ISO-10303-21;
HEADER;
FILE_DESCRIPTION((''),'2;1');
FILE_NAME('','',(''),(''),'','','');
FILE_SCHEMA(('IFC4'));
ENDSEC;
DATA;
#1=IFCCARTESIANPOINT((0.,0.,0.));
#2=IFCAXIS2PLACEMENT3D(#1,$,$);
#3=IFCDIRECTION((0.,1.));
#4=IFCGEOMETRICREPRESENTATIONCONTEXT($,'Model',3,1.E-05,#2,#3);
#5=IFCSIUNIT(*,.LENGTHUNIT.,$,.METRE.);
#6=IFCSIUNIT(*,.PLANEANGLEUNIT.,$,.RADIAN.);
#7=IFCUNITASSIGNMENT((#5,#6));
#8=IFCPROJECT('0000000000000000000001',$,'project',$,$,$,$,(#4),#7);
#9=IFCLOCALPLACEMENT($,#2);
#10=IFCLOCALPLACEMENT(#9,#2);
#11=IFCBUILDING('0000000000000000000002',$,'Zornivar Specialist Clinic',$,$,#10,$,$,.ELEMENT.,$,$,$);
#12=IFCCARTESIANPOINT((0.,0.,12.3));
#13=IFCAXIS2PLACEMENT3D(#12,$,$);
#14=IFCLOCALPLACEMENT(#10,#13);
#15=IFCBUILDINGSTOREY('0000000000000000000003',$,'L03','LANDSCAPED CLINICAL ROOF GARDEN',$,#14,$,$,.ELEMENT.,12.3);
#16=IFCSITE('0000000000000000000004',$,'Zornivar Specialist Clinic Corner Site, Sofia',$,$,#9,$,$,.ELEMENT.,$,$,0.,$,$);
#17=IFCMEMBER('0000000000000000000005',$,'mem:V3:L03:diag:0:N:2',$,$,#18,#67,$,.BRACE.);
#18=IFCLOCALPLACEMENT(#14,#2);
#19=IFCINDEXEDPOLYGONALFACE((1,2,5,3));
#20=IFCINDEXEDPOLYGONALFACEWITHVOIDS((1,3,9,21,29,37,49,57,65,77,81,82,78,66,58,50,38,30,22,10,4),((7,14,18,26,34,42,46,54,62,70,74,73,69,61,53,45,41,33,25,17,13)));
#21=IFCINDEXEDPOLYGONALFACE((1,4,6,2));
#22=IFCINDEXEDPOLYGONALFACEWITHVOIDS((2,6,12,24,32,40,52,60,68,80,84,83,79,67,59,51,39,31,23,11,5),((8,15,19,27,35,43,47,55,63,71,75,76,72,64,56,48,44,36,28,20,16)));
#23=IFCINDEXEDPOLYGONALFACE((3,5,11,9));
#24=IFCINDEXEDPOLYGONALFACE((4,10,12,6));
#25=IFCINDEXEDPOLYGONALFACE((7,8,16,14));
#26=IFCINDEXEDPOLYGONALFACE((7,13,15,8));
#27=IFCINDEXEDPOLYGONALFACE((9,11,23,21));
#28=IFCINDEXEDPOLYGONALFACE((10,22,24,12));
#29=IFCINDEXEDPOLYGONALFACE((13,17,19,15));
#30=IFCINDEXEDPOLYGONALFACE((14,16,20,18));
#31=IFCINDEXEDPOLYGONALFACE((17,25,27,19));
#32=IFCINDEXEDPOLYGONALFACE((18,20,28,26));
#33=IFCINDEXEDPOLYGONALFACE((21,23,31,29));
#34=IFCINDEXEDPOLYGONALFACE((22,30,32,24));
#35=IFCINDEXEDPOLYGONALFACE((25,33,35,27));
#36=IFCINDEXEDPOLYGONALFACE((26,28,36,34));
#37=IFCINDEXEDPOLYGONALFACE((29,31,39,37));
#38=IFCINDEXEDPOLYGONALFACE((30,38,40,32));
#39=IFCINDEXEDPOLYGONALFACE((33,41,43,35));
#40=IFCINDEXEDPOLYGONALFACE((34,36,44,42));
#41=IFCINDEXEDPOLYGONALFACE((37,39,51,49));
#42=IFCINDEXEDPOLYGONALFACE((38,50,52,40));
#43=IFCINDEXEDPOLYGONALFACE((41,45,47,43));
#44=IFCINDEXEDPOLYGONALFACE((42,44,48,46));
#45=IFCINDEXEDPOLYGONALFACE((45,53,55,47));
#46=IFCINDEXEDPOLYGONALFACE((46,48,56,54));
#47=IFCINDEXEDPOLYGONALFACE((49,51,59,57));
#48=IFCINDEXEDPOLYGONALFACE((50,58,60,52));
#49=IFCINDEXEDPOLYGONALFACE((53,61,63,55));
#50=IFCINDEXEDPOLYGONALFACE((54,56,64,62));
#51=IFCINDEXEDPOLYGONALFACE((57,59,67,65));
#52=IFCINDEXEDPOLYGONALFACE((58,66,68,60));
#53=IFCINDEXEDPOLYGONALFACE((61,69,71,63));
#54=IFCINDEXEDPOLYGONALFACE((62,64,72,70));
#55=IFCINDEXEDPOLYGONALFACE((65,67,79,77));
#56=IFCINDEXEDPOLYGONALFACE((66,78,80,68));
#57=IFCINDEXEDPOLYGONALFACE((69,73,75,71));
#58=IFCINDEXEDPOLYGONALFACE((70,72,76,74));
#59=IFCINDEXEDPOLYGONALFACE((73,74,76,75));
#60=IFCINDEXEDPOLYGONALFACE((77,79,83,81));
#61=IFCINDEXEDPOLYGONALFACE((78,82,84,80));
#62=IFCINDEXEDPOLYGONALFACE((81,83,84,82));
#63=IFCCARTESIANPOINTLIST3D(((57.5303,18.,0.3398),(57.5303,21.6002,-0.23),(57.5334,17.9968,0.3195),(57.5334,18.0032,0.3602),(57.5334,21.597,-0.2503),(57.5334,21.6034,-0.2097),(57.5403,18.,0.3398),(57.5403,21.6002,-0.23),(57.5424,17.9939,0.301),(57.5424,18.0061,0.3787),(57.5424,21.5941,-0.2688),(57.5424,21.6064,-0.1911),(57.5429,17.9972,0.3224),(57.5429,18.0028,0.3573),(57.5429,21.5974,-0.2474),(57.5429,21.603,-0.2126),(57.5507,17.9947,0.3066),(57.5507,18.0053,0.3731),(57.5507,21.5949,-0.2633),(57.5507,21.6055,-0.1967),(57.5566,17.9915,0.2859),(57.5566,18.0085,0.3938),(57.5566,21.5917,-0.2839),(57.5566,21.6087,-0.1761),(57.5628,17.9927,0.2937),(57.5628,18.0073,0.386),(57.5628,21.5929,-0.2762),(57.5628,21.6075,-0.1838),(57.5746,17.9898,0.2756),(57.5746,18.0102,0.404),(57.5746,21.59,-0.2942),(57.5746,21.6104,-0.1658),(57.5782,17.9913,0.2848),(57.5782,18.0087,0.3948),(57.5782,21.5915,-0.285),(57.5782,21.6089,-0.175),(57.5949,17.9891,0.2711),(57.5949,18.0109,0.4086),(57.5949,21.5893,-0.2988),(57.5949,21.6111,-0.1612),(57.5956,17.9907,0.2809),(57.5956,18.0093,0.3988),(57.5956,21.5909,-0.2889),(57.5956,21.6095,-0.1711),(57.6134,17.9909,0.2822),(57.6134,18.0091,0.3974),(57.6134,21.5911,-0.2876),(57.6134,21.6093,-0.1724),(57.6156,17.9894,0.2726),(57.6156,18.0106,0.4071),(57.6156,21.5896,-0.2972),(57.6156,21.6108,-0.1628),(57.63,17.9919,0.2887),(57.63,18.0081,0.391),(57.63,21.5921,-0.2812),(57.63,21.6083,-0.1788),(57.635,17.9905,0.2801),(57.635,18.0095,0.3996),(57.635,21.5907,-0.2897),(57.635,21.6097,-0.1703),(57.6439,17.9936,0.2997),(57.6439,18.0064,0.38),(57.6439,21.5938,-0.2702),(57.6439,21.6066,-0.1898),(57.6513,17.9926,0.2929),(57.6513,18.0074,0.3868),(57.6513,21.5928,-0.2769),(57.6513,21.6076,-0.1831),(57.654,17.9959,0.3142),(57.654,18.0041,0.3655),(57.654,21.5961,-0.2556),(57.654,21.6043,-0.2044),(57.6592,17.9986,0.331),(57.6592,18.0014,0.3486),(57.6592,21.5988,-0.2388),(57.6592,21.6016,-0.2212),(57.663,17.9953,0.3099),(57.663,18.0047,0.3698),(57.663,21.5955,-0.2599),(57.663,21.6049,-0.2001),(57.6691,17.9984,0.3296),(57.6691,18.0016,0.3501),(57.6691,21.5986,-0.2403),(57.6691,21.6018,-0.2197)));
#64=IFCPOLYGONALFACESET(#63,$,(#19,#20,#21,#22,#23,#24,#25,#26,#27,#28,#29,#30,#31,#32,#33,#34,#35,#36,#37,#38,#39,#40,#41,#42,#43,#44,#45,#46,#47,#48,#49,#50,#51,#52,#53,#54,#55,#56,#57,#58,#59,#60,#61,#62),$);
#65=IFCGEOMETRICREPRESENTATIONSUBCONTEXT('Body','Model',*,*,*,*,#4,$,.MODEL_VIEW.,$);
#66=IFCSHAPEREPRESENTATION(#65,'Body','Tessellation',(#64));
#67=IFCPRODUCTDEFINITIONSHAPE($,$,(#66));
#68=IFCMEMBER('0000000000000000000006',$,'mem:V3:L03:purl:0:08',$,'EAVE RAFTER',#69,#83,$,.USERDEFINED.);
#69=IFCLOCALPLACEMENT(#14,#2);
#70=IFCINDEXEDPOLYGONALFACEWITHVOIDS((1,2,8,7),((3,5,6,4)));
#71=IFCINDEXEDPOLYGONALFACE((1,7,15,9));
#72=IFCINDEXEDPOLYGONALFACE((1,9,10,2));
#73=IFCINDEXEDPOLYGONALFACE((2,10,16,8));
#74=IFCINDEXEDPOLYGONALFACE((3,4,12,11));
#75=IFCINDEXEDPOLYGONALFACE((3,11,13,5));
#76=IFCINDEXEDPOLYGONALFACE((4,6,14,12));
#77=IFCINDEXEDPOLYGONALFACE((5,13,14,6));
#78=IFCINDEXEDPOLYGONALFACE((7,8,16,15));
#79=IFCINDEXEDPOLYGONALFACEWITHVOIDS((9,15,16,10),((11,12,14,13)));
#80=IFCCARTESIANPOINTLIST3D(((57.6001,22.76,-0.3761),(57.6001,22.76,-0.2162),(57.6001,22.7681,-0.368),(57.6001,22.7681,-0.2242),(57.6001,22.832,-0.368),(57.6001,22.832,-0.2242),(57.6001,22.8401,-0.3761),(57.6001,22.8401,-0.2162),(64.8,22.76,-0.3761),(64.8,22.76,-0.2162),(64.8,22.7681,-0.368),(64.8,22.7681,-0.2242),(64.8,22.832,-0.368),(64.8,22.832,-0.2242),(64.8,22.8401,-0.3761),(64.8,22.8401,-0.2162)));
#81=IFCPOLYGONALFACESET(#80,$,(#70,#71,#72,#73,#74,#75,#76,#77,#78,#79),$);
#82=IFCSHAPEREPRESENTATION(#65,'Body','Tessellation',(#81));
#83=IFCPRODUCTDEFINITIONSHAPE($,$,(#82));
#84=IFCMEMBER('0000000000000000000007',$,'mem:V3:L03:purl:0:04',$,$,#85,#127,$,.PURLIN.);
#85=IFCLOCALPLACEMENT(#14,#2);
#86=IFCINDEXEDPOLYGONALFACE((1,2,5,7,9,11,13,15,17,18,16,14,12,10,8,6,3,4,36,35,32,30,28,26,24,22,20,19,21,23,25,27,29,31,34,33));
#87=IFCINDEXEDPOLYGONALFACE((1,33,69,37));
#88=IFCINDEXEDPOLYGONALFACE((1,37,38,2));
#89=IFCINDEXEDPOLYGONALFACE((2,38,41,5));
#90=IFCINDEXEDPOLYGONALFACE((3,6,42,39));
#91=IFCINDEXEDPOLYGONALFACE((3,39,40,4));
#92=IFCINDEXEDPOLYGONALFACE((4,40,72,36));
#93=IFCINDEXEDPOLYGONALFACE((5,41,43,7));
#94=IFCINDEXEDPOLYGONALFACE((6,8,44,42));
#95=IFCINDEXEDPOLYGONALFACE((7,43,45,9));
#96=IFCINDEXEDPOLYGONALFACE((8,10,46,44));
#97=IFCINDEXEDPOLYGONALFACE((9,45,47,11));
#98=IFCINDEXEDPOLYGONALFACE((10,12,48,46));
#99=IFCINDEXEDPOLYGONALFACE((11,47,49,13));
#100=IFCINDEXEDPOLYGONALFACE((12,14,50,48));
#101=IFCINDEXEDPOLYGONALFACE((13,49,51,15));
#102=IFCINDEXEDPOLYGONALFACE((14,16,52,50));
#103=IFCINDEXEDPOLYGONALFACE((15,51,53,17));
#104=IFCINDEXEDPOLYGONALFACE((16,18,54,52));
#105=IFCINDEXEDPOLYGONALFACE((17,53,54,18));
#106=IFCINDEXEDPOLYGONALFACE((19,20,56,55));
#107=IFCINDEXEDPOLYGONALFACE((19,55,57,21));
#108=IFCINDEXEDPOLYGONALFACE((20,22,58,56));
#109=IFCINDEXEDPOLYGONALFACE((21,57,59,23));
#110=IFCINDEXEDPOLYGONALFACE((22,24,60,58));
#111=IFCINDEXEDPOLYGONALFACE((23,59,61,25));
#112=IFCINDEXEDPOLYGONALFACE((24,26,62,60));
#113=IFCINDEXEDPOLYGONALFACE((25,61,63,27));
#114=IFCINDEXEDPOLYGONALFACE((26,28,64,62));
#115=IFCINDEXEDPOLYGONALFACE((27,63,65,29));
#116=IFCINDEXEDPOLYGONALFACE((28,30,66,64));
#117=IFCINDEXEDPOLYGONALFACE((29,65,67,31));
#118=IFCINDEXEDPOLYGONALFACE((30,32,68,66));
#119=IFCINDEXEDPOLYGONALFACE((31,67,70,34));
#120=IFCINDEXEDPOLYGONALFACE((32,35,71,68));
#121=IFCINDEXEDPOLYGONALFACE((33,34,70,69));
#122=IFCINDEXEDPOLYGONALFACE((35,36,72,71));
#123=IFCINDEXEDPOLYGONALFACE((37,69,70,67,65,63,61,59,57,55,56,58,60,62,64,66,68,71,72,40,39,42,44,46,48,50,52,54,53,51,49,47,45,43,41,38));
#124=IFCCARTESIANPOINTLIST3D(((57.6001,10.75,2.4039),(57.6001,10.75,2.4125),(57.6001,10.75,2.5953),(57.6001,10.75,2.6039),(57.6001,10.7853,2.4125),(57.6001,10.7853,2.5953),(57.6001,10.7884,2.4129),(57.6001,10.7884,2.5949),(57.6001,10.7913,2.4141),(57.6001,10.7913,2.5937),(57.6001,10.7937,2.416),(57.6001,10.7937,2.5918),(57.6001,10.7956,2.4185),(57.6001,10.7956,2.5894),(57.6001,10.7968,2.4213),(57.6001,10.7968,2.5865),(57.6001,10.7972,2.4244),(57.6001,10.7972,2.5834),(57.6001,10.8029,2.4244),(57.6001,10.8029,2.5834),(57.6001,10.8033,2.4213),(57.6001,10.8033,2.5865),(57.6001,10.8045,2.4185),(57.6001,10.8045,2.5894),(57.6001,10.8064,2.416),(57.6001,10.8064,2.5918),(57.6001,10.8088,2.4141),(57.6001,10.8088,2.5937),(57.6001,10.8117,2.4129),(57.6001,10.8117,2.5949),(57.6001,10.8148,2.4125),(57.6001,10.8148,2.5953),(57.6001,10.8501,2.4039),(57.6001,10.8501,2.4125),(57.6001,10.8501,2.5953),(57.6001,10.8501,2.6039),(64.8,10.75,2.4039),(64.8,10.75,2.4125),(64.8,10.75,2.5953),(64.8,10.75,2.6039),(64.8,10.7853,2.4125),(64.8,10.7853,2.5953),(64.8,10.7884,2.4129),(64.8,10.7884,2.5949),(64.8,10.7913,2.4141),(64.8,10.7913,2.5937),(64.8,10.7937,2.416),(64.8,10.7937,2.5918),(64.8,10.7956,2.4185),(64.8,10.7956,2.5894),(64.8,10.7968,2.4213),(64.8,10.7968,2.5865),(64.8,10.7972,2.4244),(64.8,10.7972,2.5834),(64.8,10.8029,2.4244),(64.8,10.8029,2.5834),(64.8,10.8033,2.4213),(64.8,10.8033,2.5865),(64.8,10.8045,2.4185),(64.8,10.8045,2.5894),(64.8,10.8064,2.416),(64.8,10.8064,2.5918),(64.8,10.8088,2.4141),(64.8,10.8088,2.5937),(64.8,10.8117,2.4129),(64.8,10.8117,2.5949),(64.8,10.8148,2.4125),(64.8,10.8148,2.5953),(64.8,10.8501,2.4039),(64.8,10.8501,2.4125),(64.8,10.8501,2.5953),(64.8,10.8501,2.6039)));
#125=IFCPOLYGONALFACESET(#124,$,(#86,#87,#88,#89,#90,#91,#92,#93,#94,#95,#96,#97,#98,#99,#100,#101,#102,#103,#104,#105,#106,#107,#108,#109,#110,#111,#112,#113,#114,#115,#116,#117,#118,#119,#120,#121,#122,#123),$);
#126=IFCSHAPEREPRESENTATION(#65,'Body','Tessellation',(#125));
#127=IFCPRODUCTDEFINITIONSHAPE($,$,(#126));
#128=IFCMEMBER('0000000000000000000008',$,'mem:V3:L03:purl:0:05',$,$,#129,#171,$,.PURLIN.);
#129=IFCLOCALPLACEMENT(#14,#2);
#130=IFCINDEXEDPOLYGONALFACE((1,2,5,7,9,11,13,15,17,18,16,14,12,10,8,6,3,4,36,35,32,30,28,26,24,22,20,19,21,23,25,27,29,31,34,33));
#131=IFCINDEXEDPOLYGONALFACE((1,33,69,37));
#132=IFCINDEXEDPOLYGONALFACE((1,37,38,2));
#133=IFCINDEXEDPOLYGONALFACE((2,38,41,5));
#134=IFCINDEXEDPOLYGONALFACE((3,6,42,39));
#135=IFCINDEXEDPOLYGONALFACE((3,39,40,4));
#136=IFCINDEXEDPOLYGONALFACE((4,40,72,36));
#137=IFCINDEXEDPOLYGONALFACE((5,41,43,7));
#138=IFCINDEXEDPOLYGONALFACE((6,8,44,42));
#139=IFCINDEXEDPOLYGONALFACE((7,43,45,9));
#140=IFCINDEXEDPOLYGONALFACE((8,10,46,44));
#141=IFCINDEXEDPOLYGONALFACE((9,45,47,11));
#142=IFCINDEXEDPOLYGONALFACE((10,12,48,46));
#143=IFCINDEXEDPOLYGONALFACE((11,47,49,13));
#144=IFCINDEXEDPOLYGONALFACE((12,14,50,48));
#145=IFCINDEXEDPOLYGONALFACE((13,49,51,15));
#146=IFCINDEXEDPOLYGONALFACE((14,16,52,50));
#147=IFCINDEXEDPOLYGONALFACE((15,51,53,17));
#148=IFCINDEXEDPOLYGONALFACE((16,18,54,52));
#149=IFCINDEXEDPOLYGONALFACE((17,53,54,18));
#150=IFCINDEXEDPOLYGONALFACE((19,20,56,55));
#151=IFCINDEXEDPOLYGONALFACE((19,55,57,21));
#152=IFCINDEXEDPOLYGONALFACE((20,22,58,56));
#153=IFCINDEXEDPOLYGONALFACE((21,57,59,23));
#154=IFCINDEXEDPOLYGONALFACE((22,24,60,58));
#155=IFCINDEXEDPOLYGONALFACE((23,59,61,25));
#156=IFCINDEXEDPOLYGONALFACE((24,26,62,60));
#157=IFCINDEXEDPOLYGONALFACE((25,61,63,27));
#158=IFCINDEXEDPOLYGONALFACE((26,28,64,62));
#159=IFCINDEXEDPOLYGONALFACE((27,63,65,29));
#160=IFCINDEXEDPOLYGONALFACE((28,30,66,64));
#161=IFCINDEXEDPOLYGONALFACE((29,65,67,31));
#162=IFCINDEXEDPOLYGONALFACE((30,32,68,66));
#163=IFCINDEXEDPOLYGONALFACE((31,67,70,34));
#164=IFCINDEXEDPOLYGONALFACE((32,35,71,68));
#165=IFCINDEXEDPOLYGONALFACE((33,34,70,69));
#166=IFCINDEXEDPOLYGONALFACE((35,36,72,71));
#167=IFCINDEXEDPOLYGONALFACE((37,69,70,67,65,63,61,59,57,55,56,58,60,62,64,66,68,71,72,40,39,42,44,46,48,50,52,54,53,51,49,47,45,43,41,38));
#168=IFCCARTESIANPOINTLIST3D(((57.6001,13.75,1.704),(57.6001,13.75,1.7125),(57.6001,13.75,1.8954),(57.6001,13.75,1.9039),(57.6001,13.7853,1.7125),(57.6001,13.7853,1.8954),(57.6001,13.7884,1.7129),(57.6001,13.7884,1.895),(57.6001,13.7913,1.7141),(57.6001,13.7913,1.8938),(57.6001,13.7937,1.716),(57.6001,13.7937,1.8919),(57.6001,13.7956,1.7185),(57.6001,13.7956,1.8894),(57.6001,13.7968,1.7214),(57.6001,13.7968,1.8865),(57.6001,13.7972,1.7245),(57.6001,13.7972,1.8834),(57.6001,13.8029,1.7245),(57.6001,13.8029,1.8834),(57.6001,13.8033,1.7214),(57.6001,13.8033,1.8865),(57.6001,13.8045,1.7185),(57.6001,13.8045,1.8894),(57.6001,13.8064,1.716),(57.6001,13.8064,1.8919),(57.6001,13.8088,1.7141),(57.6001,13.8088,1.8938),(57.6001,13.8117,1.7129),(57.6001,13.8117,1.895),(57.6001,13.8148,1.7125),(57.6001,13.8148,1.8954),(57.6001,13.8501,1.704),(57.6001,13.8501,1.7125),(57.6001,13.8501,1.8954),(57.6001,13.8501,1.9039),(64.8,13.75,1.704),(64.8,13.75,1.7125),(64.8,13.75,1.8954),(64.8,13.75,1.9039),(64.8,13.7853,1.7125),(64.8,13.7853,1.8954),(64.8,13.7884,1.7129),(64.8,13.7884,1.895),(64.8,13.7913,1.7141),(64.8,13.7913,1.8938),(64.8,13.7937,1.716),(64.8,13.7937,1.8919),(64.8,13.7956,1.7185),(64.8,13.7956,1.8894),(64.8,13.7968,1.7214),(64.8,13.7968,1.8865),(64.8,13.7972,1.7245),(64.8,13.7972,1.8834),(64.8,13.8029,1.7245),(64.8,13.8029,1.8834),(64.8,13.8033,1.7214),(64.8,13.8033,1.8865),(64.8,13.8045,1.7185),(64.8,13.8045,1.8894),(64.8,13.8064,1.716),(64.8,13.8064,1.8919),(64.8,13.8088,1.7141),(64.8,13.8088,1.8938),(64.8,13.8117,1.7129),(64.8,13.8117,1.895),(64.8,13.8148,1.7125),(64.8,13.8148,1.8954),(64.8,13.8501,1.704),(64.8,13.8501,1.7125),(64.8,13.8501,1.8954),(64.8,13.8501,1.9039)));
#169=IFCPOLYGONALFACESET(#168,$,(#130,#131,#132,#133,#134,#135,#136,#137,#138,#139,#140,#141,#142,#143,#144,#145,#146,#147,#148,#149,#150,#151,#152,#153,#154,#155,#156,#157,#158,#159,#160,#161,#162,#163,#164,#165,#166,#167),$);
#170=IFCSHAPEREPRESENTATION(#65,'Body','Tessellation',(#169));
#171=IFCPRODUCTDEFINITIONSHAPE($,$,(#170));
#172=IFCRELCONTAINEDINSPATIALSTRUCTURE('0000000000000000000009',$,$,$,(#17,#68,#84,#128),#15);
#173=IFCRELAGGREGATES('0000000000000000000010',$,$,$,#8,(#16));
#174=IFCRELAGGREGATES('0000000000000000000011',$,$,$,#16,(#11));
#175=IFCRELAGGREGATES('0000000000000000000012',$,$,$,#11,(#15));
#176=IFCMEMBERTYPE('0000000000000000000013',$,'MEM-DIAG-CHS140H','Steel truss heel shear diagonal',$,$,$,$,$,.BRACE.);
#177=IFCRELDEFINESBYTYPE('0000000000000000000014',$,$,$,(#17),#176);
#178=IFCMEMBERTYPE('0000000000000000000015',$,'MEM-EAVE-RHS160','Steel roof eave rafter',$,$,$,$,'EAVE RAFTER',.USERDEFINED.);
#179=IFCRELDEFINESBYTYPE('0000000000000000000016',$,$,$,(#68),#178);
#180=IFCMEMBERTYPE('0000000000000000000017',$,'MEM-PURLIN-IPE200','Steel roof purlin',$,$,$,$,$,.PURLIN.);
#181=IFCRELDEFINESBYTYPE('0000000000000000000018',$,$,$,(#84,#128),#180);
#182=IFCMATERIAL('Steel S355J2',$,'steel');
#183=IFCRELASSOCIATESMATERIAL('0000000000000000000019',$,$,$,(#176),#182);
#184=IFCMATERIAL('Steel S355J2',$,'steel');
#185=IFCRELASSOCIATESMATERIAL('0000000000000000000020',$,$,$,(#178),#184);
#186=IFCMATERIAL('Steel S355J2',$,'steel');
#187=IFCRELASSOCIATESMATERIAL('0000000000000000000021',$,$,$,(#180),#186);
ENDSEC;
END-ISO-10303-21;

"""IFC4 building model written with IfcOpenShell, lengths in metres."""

from ifc_helpers import new_model, si_unit, direction, frame, origin, origin_2d, place, context, subcontext, project, spatial, hollow_rectangle, hollow_circle, i_section, extrude, material, material_profile, profile_set, type_object, element, save


model = new_model("IFC4")

# Units and contexts
model_context = context("Model", 3, precision=1e-05, world=origin(), true_north=direction((0.0, 1.0)))
body_context = subcontext(model_context, "Body", "Model", "MODEL_VIEW")
ifc_project = project(units=[si_unit("LENGTHUNIT", "METRE"), si_unit("PLANEANGLEUNIT", "RADIAN")], contexts=[model_context])

# Site, building, storey
site_placement = place(None, origin())
site = spatial("IfcSite", under=ifc_project, at=site_placement, Name="Zornivar Specialist Clinic Corner Site, Sofia", CompositionType="ELEMENT", RefElevation=0.0)
building_placement = place(site_placement, origin())
building = spatial("IfcBuilding", under=site, at=building_placement, Name="Zornivar Specialist Clinic", CompositionType="ELEMENT")
storey_placement = place(building_placement, frame((0.0, 0.0, 12.3)))
storey = spatial("IfcBuildingStorey", under=building, at=storey_placement, Name="L03", Description="LANDSCAPED CLINICAL ROOF GARDEN", CompositionType="ELEMENT", Elevation=12.3)

# Members
ifc_material_1 = material(Name="Steel S355J2", Category="steel")
ifc_material_profile_1 = material_profile(ifc_material_1, hollow_circle(Radius=0.0698, WallThickness=0.01, at=origin_2d()), Name="CHS 139.7x10")
ifc_profile_set_1 = profile_set([ifc_material_profile_1], Name="Steel S355J2")
member_type_1 = type_object("IfcMemberType", Name="MEM-DIAG-CHS140H", Description="Steel truss heel shear diagonal", PredefinedType="BRACE", material=ifc_profile_set_1)
member_1_placement = place(storey_placement, frame((57.6001, 18.0, 0.3398), z_axis=(0.0, 0.987704, -0.156334), x_axis=(-1.0, 0.0, 0.0)))
element("IfcMember", 1, at=member_1_placement, inside=storey, type_object=member_type_1, Name="mem:V3:L03:diag:0:N:2", PredefinedType="BRACE", context=body_context, shape_type="SweptSolid", body=[
    extrude(hollow_circle(Radius=0.0698, WallThickness=0.01, at=origin_2d()), origin(), (0.0, 0.0, 1.0), 3.645),
])
ifc_material_2 = material(Name="Steel S355J2", Category="steel")
ifc_material_profile_2 = material_profile(ifc_material_2, hollow_rectangle(XDim=0.0801, YDim=0.1599, WallThickness=0.0081, at=origin_2d()), Name="RHS 160x80x8")
ifc_profile_set_2 = profile_set([ifc_material_profile_2], Name="Steel S355J2")
member_type_2 = type_object("IfcMemberType", Name="MEM-EAVE-RHS160", Description="Steel roof eave rafter", ElementType="EAVE RAFTER", PredefinedType="USERDEFINED", material=ifc_profile_set_2)
member_2_placement = place(storey_placement, frame((57.6001, 22.8, -0.2961), z_axis=(1.0, 0.0, 0.0), x_axis=(0.0, 1.0, 0.0)))
element("IfcMember", 2, at=member_2_placement, inside=storey, type_object=member_type_2, Name="mem:V3:L03:purl:0:08", ObjectType="EAVE RAFTER", PredefinedType="USERDEFINED", context=body_context, shape_type="SweptSolid", body=[
    extrude(hollow_rectangle(XDim=0.0801, YDim=0.1599, WallThickness=0.0081, at=origin_2d()), origin(), (0.0, 0.0, 1.0), 7.2),
])
ifc_material_3 = material(Name="Steel S355J2", Category="steel")
ifc_material_profile_3 = material_profile(ifc_material_3, i_section(OverallWidth=0.1001, OverallDepth=0.2, WebThickness=0.0056, FlangeThickness=0.0085, FilletRadius=0.012, at=origin_2d()), Name="IPE 200")
ifc_profile_set_3 = profile_set([ifc_material_profile_3], Name="Steel S355J2")
member_type_3 = type_object("IfcMemberType", Name="MEM-PURLIN-IPE200", Description="Steel roof purlin", PredefinedType="PURLIN", material=ifc_profile_set_3)
for number, where, z_axis, x_axis, name in (
    (3, (57.6001, 10.8, 2.5039), (1.0, 0.0, 0.0), (0.0, 1.0, 0.0), "mem:V3:L03:purl:0:04"),
    (4, (57.6001, 13.8, 1.804), (1.0, 0.0, 0.0), (0.0, 1.0, 0.0), "mem:V3:L03:purl:0:05"),
):
    element("IfcMember", number, at=place(storey_placement, frame(where, z_axis=z_axis, x_axis=x_axis)), inside=storey, type_object=member_type_3, Name=name, PredefinedType="PURLIN", context=body_context, shape_type="SweptSolid", body=[
        extrude(i_section(OverallWidth=0.1001, OverallDepth=0.2, WebThickness=0.0056, FlangeThickness=0.0085, FilletRadius=0.012, at=origin_2d()), origin(), (0.0, 0.0, 1.0), 7.2),
    ])

save(model, "model.ifc")
